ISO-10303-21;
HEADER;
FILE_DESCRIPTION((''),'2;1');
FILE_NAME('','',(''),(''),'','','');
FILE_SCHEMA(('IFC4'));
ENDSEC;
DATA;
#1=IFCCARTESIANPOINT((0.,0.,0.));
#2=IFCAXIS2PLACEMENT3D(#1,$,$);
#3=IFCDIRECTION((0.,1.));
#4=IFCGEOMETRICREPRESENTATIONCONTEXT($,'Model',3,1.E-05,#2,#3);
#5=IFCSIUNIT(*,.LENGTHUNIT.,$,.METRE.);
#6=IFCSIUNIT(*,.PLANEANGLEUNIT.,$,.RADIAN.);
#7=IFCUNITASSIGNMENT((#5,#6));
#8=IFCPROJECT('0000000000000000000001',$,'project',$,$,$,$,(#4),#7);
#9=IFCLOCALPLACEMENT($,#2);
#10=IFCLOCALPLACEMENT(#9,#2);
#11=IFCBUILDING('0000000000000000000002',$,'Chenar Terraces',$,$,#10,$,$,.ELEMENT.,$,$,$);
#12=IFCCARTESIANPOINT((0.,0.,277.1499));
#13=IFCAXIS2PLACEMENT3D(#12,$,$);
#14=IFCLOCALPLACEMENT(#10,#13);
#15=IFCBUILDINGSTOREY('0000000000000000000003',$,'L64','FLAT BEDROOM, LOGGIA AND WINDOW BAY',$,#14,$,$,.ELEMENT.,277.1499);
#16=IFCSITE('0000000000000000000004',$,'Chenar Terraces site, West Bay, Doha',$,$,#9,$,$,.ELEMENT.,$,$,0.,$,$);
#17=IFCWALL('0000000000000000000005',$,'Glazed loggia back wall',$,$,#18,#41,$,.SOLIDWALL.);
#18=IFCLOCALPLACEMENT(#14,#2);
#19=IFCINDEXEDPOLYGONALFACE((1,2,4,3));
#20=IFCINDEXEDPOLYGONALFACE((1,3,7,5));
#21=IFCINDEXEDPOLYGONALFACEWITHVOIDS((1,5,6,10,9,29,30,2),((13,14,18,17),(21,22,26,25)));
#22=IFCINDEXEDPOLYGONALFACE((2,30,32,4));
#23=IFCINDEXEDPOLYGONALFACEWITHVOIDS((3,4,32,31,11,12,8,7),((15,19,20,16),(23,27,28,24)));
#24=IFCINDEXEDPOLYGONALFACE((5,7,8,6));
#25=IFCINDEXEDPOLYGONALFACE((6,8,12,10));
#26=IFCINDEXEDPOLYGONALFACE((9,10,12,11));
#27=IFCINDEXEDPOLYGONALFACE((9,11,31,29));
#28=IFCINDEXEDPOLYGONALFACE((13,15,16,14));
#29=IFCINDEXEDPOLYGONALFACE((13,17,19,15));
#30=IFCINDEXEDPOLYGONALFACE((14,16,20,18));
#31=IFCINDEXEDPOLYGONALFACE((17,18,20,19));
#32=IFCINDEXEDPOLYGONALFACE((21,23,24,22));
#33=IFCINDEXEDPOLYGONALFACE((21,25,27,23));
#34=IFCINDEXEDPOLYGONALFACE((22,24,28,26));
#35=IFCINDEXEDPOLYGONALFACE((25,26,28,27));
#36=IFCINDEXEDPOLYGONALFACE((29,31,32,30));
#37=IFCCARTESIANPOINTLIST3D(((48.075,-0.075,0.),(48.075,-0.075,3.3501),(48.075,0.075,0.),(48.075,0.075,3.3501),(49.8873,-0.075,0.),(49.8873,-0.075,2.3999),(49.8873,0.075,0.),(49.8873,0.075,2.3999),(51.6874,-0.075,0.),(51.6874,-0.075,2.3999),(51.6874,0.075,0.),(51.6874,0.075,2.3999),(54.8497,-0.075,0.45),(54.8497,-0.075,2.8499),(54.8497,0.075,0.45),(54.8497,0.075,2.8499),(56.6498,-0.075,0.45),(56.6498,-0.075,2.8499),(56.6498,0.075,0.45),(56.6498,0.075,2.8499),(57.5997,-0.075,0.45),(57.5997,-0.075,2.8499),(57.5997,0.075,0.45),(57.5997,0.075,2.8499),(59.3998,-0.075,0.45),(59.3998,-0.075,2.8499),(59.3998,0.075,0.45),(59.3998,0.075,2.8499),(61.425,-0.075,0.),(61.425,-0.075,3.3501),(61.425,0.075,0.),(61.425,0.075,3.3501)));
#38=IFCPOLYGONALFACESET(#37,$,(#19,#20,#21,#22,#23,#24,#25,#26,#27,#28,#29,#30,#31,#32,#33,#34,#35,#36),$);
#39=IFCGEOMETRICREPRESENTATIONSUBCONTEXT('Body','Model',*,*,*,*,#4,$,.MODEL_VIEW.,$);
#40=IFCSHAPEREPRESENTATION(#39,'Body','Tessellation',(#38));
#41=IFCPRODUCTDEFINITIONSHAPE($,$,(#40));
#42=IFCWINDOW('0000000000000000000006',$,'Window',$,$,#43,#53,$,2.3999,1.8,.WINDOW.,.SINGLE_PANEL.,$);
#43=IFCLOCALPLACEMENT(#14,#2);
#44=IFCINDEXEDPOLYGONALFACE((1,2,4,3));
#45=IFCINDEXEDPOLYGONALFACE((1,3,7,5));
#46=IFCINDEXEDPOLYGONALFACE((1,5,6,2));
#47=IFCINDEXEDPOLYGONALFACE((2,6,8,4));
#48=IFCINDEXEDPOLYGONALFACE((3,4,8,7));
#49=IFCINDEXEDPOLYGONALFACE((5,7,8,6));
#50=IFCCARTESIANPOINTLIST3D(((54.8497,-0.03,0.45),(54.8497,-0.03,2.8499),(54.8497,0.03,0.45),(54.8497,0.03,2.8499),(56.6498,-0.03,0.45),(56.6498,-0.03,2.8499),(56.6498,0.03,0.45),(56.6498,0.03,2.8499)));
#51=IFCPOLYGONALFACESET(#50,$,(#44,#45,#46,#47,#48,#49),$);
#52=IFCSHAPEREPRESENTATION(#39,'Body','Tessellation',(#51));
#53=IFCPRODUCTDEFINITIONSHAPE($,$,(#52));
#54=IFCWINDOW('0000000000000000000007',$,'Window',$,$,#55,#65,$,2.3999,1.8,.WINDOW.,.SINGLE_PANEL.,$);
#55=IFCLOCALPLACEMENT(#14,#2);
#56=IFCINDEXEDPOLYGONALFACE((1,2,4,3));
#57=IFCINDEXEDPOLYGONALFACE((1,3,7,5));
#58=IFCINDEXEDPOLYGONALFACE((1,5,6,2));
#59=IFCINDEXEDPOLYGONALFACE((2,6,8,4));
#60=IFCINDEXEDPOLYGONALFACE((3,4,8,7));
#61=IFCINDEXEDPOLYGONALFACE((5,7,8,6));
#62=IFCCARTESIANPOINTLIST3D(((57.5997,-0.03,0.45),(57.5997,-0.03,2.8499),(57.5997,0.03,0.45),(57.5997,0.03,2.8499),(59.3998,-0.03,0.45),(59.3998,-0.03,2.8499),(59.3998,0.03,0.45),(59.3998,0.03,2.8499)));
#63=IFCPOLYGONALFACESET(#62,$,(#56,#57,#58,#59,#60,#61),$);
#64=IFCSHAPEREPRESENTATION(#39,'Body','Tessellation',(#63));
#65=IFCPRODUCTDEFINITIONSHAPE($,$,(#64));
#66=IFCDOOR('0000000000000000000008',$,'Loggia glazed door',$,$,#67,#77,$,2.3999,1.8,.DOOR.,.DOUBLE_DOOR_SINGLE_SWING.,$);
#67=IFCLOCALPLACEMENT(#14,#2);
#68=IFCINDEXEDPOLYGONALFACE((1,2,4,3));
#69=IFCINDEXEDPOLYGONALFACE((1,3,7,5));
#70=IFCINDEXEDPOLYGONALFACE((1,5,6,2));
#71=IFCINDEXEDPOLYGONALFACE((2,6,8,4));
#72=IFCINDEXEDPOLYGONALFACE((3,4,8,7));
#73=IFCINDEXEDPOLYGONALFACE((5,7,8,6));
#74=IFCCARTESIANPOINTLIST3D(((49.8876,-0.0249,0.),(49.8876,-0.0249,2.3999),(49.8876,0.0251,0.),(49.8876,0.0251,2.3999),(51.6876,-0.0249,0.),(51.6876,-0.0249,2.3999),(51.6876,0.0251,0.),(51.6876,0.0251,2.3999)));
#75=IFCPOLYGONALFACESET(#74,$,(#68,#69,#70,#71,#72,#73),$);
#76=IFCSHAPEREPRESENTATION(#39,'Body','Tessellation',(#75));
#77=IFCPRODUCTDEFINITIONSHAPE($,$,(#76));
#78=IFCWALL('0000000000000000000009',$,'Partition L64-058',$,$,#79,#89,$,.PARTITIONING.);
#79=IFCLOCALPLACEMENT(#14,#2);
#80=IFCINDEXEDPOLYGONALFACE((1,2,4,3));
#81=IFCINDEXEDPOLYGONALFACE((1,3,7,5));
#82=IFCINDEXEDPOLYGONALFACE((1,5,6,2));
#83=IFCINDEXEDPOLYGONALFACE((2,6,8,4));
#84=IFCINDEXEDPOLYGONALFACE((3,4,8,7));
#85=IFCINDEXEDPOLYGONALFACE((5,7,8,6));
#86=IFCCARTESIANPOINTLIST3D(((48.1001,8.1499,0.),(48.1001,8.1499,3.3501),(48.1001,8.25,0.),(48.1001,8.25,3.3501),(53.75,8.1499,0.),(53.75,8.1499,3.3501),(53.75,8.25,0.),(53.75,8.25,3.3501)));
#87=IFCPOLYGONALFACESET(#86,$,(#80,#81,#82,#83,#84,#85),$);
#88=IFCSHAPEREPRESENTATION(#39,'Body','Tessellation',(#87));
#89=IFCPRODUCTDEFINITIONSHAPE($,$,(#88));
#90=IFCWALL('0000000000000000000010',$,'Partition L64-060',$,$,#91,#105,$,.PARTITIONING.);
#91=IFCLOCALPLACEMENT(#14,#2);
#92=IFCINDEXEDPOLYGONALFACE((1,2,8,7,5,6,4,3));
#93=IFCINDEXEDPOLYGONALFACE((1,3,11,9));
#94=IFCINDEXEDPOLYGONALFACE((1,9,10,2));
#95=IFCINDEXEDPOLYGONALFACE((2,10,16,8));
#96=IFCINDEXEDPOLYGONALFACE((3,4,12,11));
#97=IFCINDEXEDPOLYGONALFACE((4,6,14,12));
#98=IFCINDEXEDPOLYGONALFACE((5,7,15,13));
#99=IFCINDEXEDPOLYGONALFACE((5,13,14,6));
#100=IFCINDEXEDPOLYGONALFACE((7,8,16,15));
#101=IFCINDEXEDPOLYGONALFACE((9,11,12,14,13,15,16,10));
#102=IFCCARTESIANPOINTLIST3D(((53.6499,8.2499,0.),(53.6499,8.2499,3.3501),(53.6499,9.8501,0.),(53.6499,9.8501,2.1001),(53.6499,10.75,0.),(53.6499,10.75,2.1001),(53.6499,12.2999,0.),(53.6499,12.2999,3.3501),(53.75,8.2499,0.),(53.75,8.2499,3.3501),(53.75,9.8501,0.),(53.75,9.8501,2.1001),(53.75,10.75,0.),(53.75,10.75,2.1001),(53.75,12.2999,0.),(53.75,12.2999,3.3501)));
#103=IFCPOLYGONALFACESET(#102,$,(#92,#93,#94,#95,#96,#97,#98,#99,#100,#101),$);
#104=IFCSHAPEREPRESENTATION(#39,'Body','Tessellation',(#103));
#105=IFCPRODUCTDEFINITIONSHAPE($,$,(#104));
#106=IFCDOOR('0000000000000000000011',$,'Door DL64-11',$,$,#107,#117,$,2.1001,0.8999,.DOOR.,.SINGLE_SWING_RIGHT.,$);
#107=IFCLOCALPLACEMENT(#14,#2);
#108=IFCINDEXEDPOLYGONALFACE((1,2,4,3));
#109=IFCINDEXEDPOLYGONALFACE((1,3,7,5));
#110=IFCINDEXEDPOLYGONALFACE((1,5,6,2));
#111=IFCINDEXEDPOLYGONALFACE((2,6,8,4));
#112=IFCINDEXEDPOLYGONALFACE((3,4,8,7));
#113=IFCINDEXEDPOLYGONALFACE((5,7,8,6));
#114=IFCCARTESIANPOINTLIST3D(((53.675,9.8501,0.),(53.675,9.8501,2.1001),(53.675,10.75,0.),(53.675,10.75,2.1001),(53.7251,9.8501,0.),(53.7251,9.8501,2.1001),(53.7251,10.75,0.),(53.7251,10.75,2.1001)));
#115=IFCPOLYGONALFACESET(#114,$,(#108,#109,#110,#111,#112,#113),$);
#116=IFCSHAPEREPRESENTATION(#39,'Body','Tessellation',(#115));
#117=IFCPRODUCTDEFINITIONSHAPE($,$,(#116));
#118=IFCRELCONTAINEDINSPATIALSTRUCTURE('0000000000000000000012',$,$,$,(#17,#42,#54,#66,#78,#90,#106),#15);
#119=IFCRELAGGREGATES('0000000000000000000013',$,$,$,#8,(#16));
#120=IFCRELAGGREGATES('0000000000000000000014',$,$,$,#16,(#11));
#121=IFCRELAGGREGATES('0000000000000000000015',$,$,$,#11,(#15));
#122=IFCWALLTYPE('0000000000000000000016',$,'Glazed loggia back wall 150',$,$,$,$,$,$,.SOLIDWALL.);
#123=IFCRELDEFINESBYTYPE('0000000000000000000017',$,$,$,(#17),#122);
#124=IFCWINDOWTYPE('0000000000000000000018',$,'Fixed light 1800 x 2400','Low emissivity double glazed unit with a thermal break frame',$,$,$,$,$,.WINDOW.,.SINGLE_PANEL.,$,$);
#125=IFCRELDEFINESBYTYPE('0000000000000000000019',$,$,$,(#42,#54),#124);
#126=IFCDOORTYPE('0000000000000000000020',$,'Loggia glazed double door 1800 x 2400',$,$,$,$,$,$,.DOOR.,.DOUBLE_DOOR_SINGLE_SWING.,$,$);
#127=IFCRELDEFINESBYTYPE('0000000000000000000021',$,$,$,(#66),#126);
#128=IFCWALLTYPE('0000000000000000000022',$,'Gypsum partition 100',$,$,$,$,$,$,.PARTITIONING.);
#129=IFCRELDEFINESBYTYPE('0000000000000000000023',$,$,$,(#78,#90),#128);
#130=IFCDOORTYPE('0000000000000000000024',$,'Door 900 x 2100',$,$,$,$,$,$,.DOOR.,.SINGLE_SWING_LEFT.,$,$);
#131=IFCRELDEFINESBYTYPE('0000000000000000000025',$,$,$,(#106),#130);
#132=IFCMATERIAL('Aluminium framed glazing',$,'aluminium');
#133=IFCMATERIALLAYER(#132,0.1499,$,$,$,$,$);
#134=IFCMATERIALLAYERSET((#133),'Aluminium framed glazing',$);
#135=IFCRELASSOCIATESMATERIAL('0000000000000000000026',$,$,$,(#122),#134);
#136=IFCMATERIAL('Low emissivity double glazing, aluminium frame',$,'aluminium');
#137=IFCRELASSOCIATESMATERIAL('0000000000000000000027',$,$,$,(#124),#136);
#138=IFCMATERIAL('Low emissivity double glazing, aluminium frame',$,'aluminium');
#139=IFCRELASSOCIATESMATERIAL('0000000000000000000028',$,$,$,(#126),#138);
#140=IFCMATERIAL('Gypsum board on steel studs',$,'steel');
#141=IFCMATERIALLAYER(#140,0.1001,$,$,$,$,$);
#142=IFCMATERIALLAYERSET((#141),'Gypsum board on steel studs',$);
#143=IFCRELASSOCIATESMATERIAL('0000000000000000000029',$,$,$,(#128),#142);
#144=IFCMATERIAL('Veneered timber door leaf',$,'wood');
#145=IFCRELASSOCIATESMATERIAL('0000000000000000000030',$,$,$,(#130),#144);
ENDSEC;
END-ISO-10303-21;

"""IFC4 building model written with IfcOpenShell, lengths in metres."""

from ifc_helpers import new_model, si_unit, direction, frame, frame_2d, origin, place, context, subcontext, project, spatial, rectangle, extrude, material, layer, layer_set, type_object, element, fill, save


model = new_model("IFC4")

# Units and contexts
model_context = context("Model", 3, precision=1e-05, world=origin(), true_north=direction((0.0, 1.0)))
body_context = subcontext(model_context, "Body", "Model", "MODEL_VIEW")
ifc_project = project(units=[si_unit("LENGTHUNIT", "METRE"), si_unit("PLANEANGLEUNIT", "RADIAN")], contexts=[model_context])

# Site, building, storey
site_placement = place(None, origin())
site = spatial("IfcSite", under=ifc_project, at=site_placement, Name="Chenar Terraces site, West Bay, Doha", CompositionType="ELEMENT", RefElevation=0.0)
building_placement = place(site_placement, origin())
building = spatial("IfcBuilding", under=site, at=building_placement, Name="Chenar Terraces", CompositionType="ELEMENT")
storey_placement = place(building_placement, frame((0.0, 0.0, 277.1499)))
storey = spatial("IfcBuildingStorey", under=building, at=storey_placement, Name="L64", Description="FLAT BEDROOM, LOGGIA AND WINDOW BAY", CompositionType="ELEMENT", Elevation=277.1499)

# Wall, openings, windows, door
ifc_material_1 = material(Name="Aluminium framed glazing", Category="aluminium")
ifc_layer_1 = layer(ifc_material_1, 0.1499)
ifc_layer_set_1 = layer_set([ifc_layer_1], Name="Aluminium framed glazing")
wall_type_1 = type_object("IfcWallType", Name="Glazed loggia back wall 150", PredefinedType="SOLIDWALL", material=ifc_layer_set_1)
wall_1_placement = place(storey_placement, frame((48.075, 0.0, 0.0), z_axis=(0.0, 0.0, 1.0), x_axis=(1.0, 0.0, 0.0)))
wall_1 = element("IfcWall", 1, at=wall_1_placement, inside=storey, type_object=wall_type_1, Name="Glazed loggia back wall", PredefinedType="SOLIDWALL", context=body_context, shape_type="SweptSolid", body=[
    extrude(rectangle(XDim=13.3501, YDim=0.1499, at=frame_2d((6.675, 0.0))), origin(), (0.0, 0.0, 1.0), 3.3501),
])
opening_1_placement = place(wall_1_placement, frame((1.8125, 0.0, 0.0)))
opening_1 = element("IfcOpeningElement", 2, at=opening_1_placement, cuts=wall_1, PredefinedType="OPENING", context=body_context, shape_type="SweptSolid", body=[
    extrude(rectangle(XDim=1.8, YDim=2.3999, at=frame_2d((0.8999, 1.2))), frame((0.0, 0.085, 0.0), z_axis=(0.0, -1.0, 0.0), x_axis=(1.0, 0.0, 0.0)), (0.0, 0.0, 1.0), 0.1699),
])
opening_2_placement = place(wall_1_placement, frame((6.7749, 0.0, 0.45)))
opening_2 = element("IfcOpeningElement", 3, at=opening_2_placement, cuts=wall_1, PredefinedType="OPENING", context=body_context, shape_type="SweptSolid", body=[
    extrude(rectangle(XDim=1.8, YDim=2.3999, at=frame_2d((0.8999, 1.2))), frame((0.0, 0.085, 0.0), z_axis=(0.0, -1.0, 0.0), x_axis=(1.0, 0.0, 0.0)), (0.0, 0.0, 1.0), 0.1699),
])
opening_3_placement = place(wall_1_placement, frame((9.5249, 0.0, 0.45)))
opening_3 = element("IfcOpeningElement", 4, at=opening_3_placement, cuts=wall_1, PredefinedType="OPENING", context=body_context, shape_type="SweptSolid", body=[
    extrude(rectangle(XDim=1.8, YDim=2.3999, at=frame_2d((0.8999, 1.2))), frame((0.0, 0.085, 0.0), z_axis=(0.0, -1.0, 0.0), x_axis=(1.0, 0.0, 0.0)), (0.0, 0.0, 1.0), 0.1699),
])
ifc_material_2 = material(Name="Low emissivity double glazing, aluminium frame", Category="aluminium")
window_type = type_object("IfcWindowType", Name="Fixed light 1800 x 2400", Description="Low emissivity double glazed unit with a thermal break frame", PartitioningType="SINGLE_PANEL", PredefinedType="WINDOW", material=ifc_material_2)
window_1_placement = place(opening_2_placement, origin())
window_1 = element("IfcWindow", 5, at=window_1_placement, inside=storey, type_object=window_type, Name="Window", OverallHeight=2.3999, OverallWidth=1.8, PartitioningType="SINGLE_PANEL", PredefinedType="WINDOW", context=body_context, shape_type="SweptSolid", body=[
    extrude(rectangle(XDim=1.8, YDim=2.3999, at=frame_2d((0.8999, 1.2))), frame((0.0, 0.03, 0.0), z_axis=(0.0, -1.0, 0.0), x_axis=(1.0, 0.0, 0.0)), (0.0, 0.0, 1.0), 0.0601),
])
fill(opening_2, window_1)
window_2_placement = place(opening_3_placement, origin())
window_2 = element("IfcWindow", 6, at=window_2_placement, inside=storey, type_object=window_type, Name="Window", OverallHeight=2.3999, OverallWidth=1.8, PartitioningType="SINGLE_PANEL", PredefinedType="WINDOW", context=body_context, shape_type="SweptSolid", body=[
    extrude(rectangle(XDim=1.8, YDim=2.3999, at=frame_2d((0.8999, 1.2))), frame((0.0, 0.03, 0.0), z_axis=(0.0, -1.0, 0.0), x_axis=(1.0, 0.0, 0.0)), (0.0, 0.0, 1.0), 0.0601),
])
fill(opening_3, window_2)
ifc_material_3 = material(Name="Low emissivity double glazing, aluminium frame", Category="aluminium")
door_type_1 = type_object("IfcDoorType", Name="Loggia glazed double door 1800 x 2400", OperationType="DOUBLE_DOOR_SINGLE_SWING", PredefinedType="DOOR", material=ifc_material_3)
door_1_placement = place(opening_1_placement, frame((1.8, 0.0, 0.0), z_axis=(0.0, 0.0, 1.0), x_axis=(-1.0, 0.0, 0.0)))
door_1 = element("IfcDoor", 7, at=door_1_placement, inside=storey, type_object=door_type_1, Name="Loggia glazed door", OperationType="DOUBLE_DOOR_SINGLE_SWING", OverallHeight=2.3999, OverallWidth=1.8, PredefinedType="DOOR", context=body_context, shape_type="SweptSolid", body=[
    extrude(rectangle(XDim=1.8, YDim=2.3999, at=frame_2d((0.8999, 1.2))), frame((0.0, 0.0249, 0.0), z_axis=(0.0, -1.0, 0.0), x_axis=(1.0, 0.0, 0.0)), (0.0, 0.0, 1.0), 0.05),
])
fill(opening_1, door_1)

# Wall
ifc_material_4 = material(Name="Gypsum board on steel studs", Category="steel")
ifc_layer_2 = layer(ifc_material_4, 0.1001)
ifc_layer_set_2 = layer_set([ifc_layer_2], Name="Gypsum board on steel studs")
wall_type_2 = type_object("IfcWallType", Name="Gypsum partition 100", PredefinedType="PARTITIONING", material=ifc_layer_set_2)
wall_2_placement = place(storey_placement, frame((48.1001, 8.2, 0.0), z_axis=(0.0, 0.0, 1.0), x_axis=(1.0, 0.0, 0.0)))
element("IfcWall", 8, at=wall_2_placement, inside=storey, type_object=wall_type_2, Name="Partition L64-058", PredefinedType="PARTITIONING", context=body_context, shape_type="SweptSolid", body=[
    extrude(rectangle(XDim=5.6499, YDim=0.1001, at=frame_2d((2.825, 0.0))), origin(), (0.0, 0.0, 1.0), 3.3501),
])

# Wall, opening, door
wall_3_placement = place(storey_placement, frame((53.7, 8.25, 0.0), z_axis=(0.0, 0.0, 1.0), x_axis=(0.0, 1.0, 0.0)))
wall_3 = element("IfcWall", 9, at=wall_3_placement, inside=storey, type_object=wall_type_2, Name="Partition L64-060", PredefinedType="PARTITIONING", context=body_context, shape_type="SweptSolid", body=[
    extrude(rectangle(XDim=4.05, YDim=0.1001, at=frame_2d((2.0249, 0.0))), origin(), (0.0, 0.0, 1.0), 3.3501),
])
opening_4_placement = place(wall_3_placement, frame((1.6001, 0.0, 0.0)))
opening_4 = element("IfcOpeningElement", 10, at=opening_4_placement, cuts=wall_3, PredefinedType="OPENING", context=body_context, shape_type="SweptSolid", body=[
    extrude(rectangle(XDim=0.8999, YDim=2.1001, at=frame_2d((0.45, 1.05))), frame((0.0, 0.0601, 0.0), z_axis=(0.0, -1.0, 0.0), x_axis=(1.0, 0.0, 0.0)), (0.0, 0.0, 1.0), 0.1201),
])
ifc_material_5 = material(Name="Veneered timber door leaf", Category="wood")
door_type_2 = type_object("IfcDoorType", Name="Door 900 x 2100", OperationType="SINGLE_SWING_LEFT", PredefinedType="DOOR", material=ifc_material_5)
door_2_placement = place(opening_4_placement, origin())
door_2 = element("IfcDoor", 11, at=door_2_placement, inside=storey, type_object=door_type_2, Name="Door DL64-11", OperationType="SINGLE_SWING_RIGHT", OverallHeight=2.1001, OverallWidth=0.8999, PredefinedType="DOOR", context=body_context, shape_type="SweptSolid", body=[
    extrude(rectangle(XDim=0.8999, YDim=2.1001, at=frame_2d((0.45, 1.05))), frame((0.0, 0.0249, 0.0), z_axis=(0.0, -1.0, 0.0), x_axis=(1.0, 0.0, 0.0)), (0.0, 0.0, 1.0), 0.05),
])
fill(opening_4, door_2)

save(model, "model.ifc")
